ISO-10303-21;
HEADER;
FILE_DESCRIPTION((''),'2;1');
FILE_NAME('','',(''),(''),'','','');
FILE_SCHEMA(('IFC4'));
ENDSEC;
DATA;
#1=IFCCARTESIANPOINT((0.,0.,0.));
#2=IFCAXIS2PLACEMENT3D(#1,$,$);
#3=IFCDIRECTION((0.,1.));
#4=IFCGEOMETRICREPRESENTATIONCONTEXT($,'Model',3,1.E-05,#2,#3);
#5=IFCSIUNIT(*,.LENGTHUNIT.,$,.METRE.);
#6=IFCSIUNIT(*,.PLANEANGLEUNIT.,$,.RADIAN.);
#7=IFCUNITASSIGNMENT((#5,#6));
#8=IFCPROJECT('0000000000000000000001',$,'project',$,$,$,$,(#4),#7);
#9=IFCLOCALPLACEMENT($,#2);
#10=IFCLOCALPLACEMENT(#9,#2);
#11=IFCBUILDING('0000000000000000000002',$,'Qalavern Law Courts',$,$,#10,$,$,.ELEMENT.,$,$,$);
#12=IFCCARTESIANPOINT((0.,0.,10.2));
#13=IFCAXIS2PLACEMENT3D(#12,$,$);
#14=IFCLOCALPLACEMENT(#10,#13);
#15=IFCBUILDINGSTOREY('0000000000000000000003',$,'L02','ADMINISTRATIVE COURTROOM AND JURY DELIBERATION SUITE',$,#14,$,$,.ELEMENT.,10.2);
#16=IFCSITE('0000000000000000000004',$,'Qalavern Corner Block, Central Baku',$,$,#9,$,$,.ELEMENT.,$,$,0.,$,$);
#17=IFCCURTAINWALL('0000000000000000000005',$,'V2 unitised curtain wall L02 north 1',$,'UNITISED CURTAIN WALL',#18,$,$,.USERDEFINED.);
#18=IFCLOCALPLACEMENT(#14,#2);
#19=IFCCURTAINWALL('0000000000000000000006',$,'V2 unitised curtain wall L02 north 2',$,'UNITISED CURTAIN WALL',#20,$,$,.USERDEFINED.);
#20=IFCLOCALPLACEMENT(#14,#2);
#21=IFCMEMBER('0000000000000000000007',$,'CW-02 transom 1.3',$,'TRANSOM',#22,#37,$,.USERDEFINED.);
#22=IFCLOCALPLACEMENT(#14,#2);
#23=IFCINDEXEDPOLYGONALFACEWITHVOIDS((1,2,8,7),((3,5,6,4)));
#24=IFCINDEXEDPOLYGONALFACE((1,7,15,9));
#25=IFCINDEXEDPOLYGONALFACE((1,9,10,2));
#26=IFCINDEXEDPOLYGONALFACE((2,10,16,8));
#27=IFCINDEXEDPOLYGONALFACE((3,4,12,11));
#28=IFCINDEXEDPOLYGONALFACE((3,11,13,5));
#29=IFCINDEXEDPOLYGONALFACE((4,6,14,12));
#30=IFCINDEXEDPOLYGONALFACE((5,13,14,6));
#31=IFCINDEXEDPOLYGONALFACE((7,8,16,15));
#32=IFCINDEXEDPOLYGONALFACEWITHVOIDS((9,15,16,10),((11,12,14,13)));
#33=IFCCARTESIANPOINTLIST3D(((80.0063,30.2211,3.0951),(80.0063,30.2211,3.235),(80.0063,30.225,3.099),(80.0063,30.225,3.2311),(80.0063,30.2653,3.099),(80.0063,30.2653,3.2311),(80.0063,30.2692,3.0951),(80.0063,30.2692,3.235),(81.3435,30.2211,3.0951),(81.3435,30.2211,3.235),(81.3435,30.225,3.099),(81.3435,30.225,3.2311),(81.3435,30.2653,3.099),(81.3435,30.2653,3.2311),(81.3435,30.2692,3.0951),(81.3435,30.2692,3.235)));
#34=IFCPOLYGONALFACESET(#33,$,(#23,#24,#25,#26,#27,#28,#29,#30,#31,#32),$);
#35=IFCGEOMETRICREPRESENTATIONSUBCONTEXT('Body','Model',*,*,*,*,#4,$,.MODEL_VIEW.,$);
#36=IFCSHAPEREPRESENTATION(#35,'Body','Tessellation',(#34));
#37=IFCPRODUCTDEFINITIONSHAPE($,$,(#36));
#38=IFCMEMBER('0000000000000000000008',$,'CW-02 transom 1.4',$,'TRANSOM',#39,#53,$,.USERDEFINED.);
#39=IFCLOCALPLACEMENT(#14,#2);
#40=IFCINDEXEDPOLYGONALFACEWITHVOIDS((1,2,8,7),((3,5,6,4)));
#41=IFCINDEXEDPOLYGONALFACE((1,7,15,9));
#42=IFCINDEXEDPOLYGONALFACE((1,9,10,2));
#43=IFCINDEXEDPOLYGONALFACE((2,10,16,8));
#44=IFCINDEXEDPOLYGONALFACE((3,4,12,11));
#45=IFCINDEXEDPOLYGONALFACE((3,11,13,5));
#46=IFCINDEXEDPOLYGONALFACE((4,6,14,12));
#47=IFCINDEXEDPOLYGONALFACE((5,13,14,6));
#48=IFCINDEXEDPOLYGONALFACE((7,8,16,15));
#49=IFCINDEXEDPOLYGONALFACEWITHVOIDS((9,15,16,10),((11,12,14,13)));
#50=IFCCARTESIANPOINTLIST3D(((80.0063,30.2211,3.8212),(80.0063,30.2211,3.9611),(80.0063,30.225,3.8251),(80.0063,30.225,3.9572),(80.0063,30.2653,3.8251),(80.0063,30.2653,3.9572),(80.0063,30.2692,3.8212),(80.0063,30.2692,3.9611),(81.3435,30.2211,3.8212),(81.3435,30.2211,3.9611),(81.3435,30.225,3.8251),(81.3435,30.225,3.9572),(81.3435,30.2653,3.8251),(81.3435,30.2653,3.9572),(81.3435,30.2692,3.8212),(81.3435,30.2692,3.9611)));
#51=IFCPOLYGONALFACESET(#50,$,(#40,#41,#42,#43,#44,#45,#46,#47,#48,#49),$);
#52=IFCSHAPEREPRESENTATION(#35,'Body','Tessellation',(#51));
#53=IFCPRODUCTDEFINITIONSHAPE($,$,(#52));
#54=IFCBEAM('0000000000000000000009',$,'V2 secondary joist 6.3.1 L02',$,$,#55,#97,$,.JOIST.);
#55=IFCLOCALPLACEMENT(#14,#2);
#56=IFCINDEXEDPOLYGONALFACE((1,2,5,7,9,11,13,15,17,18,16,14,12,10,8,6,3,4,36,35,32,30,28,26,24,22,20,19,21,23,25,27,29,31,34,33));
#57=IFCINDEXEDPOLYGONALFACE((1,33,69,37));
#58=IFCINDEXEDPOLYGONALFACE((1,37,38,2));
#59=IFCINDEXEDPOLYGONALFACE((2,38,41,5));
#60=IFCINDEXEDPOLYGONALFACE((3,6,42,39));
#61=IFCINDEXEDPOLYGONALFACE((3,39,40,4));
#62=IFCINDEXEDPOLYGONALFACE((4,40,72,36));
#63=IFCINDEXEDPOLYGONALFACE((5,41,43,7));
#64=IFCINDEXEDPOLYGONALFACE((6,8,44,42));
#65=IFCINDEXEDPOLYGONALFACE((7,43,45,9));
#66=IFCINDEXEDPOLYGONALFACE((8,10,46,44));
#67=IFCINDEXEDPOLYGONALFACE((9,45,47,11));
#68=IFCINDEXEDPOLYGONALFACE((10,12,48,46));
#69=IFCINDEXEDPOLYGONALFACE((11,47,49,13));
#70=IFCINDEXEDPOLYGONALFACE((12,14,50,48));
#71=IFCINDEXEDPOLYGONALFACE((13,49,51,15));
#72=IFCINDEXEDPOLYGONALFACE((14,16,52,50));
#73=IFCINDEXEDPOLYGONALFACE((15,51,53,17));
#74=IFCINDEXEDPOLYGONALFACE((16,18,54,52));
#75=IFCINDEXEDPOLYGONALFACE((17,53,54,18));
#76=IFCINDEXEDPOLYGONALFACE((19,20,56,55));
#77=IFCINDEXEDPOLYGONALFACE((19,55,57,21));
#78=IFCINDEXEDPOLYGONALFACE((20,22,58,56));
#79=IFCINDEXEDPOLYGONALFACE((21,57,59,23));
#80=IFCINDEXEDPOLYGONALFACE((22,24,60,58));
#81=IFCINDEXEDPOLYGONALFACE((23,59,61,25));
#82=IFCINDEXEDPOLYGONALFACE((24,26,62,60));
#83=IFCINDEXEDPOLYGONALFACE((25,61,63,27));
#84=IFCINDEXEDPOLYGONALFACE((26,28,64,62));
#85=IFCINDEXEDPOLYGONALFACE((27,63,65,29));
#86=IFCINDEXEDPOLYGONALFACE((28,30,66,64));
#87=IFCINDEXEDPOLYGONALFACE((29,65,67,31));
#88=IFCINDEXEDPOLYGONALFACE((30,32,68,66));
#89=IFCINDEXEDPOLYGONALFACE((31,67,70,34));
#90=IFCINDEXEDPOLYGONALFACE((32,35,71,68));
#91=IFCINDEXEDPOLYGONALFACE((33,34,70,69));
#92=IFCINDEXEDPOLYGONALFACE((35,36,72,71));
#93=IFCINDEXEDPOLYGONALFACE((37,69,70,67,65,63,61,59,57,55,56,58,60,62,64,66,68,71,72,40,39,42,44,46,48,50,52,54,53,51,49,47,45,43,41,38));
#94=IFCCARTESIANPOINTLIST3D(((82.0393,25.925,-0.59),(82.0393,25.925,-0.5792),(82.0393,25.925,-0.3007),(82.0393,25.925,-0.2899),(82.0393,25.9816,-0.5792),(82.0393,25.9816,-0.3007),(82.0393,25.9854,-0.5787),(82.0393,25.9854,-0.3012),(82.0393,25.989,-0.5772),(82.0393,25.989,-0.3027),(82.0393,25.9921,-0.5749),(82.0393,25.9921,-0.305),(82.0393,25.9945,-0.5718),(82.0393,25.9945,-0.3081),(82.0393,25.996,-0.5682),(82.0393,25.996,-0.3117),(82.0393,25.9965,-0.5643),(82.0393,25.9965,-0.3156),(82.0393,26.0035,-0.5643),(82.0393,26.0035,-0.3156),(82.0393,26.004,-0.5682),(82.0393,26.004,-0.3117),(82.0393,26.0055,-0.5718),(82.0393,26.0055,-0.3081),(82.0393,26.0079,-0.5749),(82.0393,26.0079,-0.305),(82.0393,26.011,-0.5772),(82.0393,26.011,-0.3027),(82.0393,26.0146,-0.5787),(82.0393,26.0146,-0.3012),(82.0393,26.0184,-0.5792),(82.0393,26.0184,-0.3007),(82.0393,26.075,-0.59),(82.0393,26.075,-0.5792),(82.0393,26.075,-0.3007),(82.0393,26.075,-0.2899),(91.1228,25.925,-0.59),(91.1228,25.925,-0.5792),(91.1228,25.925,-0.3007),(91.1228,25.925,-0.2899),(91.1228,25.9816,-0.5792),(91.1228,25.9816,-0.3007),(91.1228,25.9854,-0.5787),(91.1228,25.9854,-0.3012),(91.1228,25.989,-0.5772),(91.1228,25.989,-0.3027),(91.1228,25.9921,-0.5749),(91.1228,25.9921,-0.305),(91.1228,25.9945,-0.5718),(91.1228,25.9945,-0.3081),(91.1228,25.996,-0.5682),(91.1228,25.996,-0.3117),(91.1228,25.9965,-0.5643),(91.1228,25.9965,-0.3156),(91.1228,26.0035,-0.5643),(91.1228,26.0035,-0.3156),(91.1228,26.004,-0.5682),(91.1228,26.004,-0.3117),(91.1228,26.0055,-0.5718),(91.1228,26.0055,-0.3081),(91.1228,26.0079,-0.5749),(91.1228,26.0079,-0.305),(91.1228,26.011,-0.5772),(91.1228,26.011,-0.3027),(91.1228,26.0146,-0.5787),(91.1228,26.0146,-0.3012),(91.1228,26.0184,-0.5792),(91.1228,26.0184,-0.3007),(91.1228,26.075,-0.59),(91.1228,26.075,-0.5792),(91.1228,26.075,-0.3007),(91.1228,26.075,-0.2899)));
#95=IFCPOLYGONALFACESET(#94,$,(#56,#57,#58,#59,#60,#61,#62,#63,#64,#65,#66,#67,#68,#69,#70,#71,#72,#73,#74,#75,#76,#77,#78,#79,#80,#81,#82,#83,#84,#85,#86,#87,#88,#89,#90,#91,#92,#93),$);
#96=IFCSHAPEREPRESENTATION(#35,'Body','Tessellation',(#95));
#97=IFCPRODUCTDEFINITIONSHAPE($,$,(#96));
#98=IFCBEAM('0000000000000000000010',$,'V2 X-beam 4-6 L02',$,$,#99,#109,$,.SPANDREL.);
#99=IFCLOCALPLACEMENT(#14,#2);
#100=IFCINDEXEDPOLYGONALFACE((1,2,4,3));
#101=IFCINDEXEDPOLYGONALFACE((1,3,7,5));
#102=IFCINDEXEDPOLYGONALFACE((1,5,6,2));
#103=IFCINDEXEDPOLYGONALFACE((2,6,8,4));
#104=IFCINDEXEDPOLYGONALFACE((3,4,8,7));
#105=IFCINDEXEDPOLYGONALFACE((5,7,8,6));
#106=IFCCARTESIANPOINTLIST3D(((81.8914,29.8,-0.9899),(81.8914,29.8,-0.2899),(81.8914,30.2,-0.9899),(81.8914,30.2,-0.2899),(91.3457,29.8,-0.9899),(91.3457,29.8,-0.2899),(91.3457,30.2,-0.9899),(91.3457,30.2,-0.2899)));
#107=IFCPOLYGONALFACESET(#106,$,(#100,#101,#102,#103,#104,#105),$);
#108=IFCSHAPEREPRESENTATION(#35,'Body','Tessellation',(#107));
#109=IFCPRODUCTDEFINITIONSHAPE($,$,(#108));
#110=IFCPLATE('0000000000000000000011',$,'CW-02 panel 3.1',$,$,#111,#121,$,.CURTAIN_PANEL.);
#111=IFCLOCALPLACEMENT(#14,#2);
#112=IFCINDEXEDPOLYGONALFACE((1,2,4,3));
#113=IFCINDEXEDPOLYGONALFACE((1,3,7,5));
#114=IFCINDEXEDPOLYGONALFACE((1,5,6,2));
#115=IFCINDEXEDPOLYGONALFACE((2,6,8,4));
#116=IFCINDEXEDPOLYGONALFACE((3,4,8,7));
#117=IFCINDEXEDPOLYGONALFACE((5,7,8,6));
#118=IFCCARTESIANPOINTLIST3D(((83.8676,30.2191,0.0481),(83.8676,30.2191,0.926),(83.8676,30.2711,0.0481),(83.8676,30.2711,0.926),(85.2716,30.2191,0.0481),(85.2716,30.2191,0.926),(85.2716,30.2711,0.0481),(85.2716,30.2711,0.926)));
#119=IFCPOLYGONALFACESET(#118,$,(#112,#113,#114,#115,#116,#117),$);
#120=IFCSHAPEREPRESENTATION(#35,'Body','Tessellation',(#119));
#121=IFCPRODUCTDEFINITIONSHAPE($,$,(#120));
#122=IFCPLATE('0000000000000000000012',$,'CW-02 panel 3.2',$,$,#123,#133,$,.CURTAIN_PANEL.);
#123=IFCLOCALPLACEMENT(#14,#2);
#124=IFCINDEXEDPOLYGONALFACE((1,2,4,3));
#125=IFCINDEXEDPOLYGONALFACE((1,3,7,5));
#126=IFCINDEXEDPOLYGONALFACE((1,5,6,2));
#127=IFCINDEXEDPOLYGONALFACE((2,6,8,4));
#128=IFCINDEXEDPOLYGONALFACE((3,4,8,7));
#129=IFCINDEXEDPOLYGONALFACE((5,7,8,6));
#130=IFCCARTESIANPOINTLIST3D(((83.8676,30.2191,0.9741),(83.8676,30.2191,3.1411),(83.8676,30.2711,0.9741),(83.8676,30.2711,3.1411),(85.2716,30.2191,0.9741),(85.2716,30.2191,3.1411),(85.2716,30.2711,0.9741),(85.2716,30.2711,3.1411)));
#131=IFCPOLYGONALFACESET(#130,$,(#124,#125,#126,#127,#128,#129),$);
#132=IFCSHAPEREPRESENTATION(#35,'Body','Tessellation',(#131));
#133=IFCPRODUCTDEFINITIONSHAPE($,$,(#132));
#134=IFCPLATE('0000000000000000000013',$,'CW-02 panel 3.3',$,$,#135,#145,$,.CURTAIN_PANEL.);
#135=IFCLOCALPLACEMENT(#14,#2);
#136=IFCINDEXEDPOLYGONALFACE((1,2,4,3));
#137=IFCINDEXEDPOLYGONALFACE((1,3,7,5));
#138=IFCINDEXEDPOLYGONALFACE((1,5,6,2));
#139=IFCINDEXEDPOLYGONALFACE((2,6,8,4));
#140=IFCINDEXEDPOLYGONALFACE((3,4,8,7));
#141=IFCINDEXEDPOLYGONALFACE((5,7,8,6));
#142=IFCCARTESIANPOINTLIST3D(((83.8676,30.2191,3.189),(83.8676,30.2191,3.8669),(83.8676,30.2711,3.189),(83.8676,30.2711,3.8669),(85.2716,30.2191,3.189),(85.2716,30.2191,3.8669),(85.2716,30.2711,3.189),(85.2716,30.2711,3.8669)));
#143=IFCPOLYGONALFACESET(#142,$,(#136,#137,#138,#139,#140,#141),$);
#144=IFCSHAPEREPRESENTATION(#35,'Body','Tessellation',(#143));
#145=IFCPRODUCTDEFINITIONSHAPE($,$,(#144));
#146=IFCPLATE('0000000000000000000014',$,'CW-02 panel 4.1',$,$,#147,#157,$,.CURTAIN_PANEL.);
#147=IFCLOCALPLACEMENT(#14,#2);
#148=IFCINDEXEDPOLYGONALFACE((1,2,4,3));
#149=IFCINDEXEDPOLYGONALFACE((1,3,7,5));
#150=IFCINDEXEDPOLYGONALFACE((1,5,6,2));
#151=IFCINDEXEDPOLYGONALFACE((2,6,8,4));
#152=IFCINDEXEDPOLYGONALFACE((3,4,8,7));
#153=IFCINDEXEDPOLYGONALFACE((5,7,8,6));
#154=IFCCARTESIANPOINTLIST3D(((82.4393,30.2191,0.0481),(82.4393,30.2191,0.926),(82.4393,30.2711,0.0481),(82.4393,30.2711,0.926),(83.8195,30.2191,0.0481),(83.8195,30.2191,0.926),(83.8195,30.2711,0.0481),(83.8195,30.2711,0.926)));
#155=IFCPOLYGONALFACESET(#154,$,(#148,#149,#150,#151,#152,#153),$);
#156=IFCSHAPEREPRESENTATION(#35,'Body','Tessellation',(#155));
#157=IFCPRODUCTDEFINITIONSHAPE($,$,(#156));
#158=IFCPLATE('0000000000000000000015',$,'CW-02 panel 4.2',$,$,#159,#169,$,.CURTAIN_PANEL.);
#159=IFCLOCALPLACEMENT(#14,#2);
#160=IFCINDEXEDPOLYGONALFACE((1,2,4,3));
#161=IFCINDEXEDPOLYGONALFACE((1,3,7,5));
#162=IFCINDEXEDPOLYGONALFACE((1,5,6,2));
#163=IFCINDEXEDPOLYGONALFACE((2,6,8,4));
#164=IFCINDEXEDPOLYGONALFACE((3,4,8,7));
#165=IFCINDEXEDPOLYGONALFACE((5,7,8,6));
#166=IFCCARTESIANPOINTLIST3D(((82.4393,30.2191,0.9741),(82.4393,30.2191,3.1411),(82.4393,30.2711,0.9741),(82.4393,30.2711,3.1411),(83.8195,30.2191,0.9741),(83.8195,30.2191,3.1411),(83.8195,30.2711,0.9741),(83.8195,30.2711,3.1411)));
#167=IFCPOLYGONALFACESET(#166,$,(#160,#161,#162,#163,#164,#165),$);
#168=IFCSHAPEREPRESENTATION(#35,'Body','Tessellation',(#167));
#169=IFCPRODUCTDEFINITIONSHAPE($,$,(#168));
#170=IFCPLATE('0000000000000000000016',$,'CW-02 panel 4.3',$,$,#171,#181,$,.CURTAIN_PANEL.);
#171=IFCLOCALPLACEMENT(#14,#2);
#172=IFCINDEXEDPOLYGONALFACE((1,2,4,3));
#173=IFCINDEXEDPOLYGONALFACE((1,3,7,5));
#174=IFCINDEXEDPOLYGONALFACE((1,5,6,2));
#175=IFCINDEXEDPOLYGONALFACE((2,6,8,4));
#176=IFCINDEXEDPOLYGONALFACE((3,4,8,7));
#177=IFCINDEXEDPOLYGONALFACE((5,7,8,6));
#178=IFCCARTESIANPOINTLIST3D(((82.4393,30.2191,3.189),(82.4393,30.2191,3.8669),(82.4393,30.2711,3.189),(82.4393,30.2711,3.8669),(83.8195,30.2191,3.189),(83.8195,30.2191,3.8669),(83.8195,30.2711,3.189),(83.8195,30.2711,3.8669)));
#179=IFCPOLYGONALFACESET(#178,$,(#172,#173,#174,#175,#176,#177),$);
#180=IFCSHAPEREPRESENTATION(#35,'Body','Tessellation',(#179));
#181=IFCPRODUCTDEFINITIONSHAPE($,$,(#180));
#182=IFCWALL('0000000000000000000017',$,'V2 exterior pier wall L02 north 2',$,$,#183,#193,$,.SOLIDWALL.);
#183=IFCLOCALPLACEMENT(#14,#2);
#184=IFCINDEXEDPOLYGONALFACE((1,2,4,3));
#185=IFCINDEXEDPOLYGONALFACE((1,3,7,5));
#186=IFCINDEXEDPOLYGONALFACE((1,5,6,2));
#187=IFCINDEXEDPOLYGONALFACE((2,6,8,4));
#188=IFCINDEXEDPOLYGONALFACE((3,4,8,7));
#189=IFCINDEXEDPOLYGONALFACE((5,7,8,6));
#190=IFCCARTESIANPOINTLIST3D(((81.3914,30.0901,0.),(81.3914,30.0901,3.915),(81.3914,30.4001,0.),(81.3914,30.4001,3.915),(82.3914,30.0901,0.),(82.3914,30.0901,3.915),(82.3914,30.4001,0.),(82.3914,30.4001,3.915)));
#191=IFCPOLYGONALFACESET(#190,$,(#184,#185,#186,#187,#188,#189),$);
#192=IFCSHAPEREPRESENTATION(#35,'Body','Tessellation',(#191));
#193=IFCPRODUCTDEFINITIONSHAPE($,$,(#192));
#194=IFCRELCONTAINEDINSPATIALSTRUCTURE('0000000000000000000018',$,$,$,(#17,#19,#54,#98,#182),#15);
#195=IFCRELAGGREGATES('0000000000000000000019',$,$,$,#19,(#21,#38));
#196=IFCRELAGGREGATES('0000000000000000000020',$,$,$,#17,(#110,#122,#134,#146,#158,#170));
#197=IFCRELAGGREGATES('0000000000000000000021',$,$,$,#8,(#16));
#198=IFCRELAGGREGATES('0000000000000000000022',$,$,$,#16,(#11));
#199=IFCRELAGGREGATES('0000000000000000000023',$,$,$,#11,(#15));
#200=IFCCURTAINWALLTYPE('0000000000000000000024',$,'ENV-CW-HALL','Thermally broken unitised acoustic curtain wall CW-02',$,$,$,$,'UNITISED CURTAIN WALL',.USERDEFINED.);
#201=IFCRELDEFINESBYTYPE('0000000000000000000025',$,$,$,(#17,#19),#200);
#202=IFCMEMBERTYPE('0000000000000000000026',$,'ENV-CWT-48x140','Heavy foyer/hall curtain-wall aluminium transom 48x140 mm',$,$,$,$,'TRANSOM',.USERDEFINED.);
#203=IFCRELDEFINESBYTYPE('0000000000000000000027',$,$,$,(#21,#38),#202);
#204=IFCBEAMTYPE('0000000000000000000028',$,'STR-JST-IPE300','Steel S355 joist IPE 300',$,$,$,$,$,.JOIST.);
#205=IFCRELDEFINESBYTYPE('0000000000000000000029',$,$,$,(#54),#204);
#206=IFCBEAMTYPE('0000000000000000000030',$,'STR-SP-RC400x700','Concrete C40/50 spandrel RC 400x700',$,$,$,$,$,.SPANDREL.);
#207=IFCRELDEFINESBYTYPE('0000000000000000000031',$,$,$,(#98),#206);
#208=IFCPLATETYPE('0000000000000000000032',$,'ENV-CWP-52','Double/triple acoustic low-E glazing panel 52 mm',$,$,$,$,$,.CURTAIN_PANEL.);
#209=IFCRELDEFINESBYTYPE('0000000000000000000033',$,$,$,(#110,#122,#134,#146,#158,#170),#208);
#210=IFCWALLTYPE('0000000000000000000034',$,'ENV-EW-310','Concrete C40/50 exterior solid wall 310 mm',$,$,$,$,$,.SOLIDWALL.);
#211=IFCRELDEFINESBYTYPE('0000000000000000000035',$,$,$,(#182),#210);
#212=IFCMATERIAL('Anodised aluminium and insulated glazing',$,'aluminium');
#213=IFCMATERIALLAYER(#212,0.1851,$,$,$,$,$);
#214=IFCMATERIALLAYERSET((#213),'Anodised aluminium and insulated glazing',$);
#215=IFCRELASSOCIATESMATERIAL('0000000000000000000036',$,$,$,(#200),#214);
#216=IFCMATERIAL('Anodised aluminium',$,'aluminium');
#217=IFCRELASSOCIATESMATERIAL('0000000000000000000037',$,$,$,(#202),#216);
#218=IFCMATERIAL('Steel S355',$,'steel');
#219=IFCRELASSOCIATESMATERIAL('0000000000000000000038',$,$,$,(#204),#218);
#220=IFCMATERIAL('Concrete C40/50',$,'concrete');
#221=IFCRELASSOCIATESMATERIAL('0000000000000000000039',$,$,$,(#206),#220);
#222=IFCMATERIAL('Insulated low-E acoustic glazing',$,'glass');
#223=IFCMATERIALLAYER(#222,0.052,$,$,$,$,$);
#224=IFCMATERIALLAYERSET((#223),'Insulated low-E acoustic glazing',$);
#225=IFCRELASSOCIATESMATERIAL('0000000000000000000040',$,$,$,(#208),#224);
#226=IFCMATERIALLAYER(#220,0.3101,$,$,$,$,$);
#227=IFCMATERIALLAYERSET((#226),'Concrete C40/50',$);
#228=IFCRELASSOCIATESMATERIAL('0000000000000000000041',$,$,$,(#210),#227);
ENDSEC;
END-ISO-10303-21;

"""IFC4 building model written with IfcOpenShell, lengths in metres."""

from ifc_helpers import new_model, si_unit, direction, frame, frame_2d, origin, origin_2d, place, context, subcontext, project, spatial, rectangle, hollow_rectangle, i_section, extrude, material, layer, layer_set, material_profile, profile_set, type_object, element, aggregate, save


model = new_model("IFC4")

# Units and contexts
model_context = context("Model", 3, precision=1e-05, world=origin(), true_north=direction((0.0, 1.0)))
body_context = subcontext(model_context, "Body", "Model", "MODEL_VIEW")
ifc_project = project(units=[si_unit("LENGTHUNIT", "METRE"), si_unit("PLANEANGLEUNIT", "RADIAN")], contexts=[model_context])

# Site, building, storey
site_placement = place(None, origin())
site = spatial("IfcSite", under=ifc_project, at=site_placement, Name="Qalavern Corner Block, Central Baku", CompositionType="ELEMENT", RefElevation=0.0)
building_placement = place(site_placement, origin())
building = spatial("IfcBuilding", under=site, at=building_placement, Name="Qalavern Law Courts", CompositionType="ELEMENT")
storey_placement = place(building_placement, frame((0.0, 0.0, 10.2)))
storey = spatial("IfcBuildingStorey", under=building, at=storey_placement, Name="L02", Description="ADMINISTRATIVE COURTROOM AND JURY DELIBERATION SUITE", CompositionType="ELEMENT", Elevation=10.2)

# Curtain wall
ifc_material_1 = material(Name="Anodised aluminium and insulated glazing", Category="aluminium")
ifc_layer_1 = layer(ifc_material_1, 0.1851)
ifc_layer_set_1 = layer_set([ifc_layer_1], Name="Anodised aluminium and insulated glazing")
curtain_wall_type = type_object("IfcCurtainWallType", Name="ENV-CW-HALL", Description="Thermally broken unitised acoustic curtain wall CW-02", ElementType="UNITISED CURTAIN WALL", PredefinedType="USERDEFINED", material=ifc_layer_set_1)
curtain_wall_1_placement = place(storey_placement, origin())
curtain_wall_1 = element("IfcCurtainWall", 1, at=curtain_wall_1_placement, inside=storey, type_object=curtain_wall_type, Name="V2 unitised curtain wall L02 north 1", ObjectType="UNITISED CURTAIN WALL", PredefinedType="USERDEFINED")
ifc_material_2 = material(Name="Anodised aluminium", Category="aluminium")

# Curtain wall
curtain_wall_2_placement = place(storey_placement, origin())
curtain_wall_2 = element("IfcCurtainWall", 2, at=curtain_wall_2_placement, inside=storey, type_object=curtain_wall_type, Name="V2 unitised curtain wall L02 north 2", ObjectType="UNITISED CURTAIN WALL", PredefinedType="USERDEFINED")

# Members
ifc_material_profile_1 = material_profile(ifc_material_2, hollow_rectangle(XDim=0.0481, YDim=0.1399, WallThickness=0.0039, at=origin_2d()), Name="ALU TRANSOM 48x140")
ifc_profile_set_1 = profile_set([ifc_material_profile_1], Name="Anodised aluminium")
member_type_1 = type_object("IfcMemberType", Name="ENV-CWT-48x140", Description="Heavy foyer/hall curtain-wall aluminium transom 48x140 mm", ElementType="TRANSOM", PredefinedType="USERDEFINED", material=ifc_profile_set_1)
member_1_placement = place(storey_placement, frame((81.3435, 30.2451, 3.165), z_axis=(-1.0, 0.0, 0.0), x_axis=(0.0, -1.0, 0.0)))
member_1 = element("IfcMember", 3, at=member_1_placement, type_object=member_type_1, Name="CW-02 transom 1.3", ObjectType="TRANSOM", PredefinedType="USERDEFINED", context=body_context, shape_type="SweptSolid", body=[
    extrude(hollow_rectangle(XDim=0.0481, YDim=0.1399, WallThickness=0.0039, at=origin_2d()), origin(), (0.0, 0.0, 1.0), 1.3372),
])
member_2_placement = place(storey_placement, frame((81.3435, 30.2451, 3.8911), z_axis=(-1.0, 0.0, 0.0), x_axis=(0.0, -1.0, 0.0)))
member_2 = element("IfcMember", 4, at=member_2_placement, type_object=member_type_1, Name="CW-02 transom 1.4", ObjectType="TRANSOM", PredefinedType="USERDEFINED", context=body_context, shape_type="SweptSolid", body=[
    extrude(hollow_rectangle(XDim=0.0481, YDim=0.1399, WallThickness=0.0039, at=origin_2d()), origin(), (0.0, 0.0, 1.0), 1.3372),
])
aggregate(curtain_wall_2, [member_1, member_2])

# Beams
ifc_material_3 = material(Name="Steel S355", Category="steel")
ifc_material_profile_2 = material_profile(ifc_material_3, i_section(OverallWidth=0.1499, OverallDepth=0.3, WebThickness=0.0071, FlangeThickness=0.0107, FilletRadius=0.0149, at=origin_2d()), Name="IPE 300")
ifc_profile_set_2 = profile_set([ifc_material_profile_2], Name="Steel S355")
beam_type_1 = type_object("IfcBeamType", Name="STR-JST-IPE300", Description="Steel S355 joist IPE 300", PredefinedType="JOIST", material=ifc_profile_set_2)
beam_1_placement = place(storey_placement, frame((82.0393, 26.0, -0.4399), z_axis=(1.0, 0.0, 0.0), x_axis=(0.0, 1.0, 0.0)))
element("IfcBeam", 5, at=beam_1_placement, inside=storey, type_object=beam_type_1, Name="V2 secondary joist 6.3.1 L02", PredefinedType="JOIST", context=body_context, shape_type="SweptSolid", body=[
    extrude(i_section(OverallWidth=0.1499, OverallDepth=0.3, WebThickness=0.0071, FlangeThickness=0.0107, FilletRadius=0.0149, at=origin_2d()), origin(), (0.0, 0.0, 1.0), 9.0835),
])
ifc_material_4 = material(Name="Concrete C40/50", Category="concrete")
ifc_material_profile_3 = material_profile(ifc_material_4, rectangle(XDim=0.3999, YDim=0.7, at=origin_2d()), Name="RC 400x700")
ifc_profile_set_3 = profile_set([ifc_material_profile_3], Name="Concrete C40/50")
beam_type_2 = type_object("IfcBeamType", Name="STR-SP-RC400x700", Description="Concrete C40/50 spandrel RC 400x700", PredefinedType="SPANDREL", material=ifc_profile_set_3)
beam_2_placement = place(storey_placement, frame((81.8914, 30.0, -0.6399), z_axis=(1.0, 0.0, 0.0), x_axis=(0.0, 1.0, 0.0)))
element("IfcBeam", 6, at=beam_2_placement, inside=storey, type_object=beam_type_2, Name="V2 X-beam 4-6 L02", PredefinedType="SPANDREL", context=body_context, shape_type="SweptSolid", body=[
    extrude(rectangle(XDim=0.3999, YDim=0.7, at=origin_2d()), origin(), (0.0, 0.0, 1.0), 9.4543),
])

# Plates
ifc_material_5 = material(Name="Insulated low-E acoustic glazing", Category="glass")
ifc_layer_2 = layer(ifc_material_5, 0.052)
ifc_layer_set_2 = layer_set([ifc_layer_2], Name="Insulated low-E acoustic glazing")
plate_type = type_object("IfcPlateType", Name="ENV-CWP-52", Description="Double/triple acoustic low-E glazing panel 52 mm", PredefinedType="CURTAIN_PANEL", material=ifc_layer_set_2)
plate_1_placement = place(storey_placement, frame((84.5696, 30.2451, 0.0481), z_axis=(0.0, 0.0, 1.0), x_axis=(-1.0, 0.0, 0.0)))
plate_1 = element("IfcPlate", 7, at=plate_1_placement, type_object=plate_type, Name="CW-02 panel 3.1", PredefinedType="CURTAIN_PANEL", context=body_context, shape_type="SweptSolid", body=[
    extrude(rectangle(XDim=1.4041, YDim=0.052, at=origin_2d()), origin(), (0.0, 0.0, 1.0), 0.8779),
])
plate_2_placement = place(storey_placement, frame((84.5696, 30.2451, 0.9741), z_axis=(0.0, 0.0, 1.0), x_axis=(-1.0, 0.0, 0.0)))
plate_2 = element("IfcPlate", 8, at=plate_2_placement, type_object=plate_type, Name="CW-02 panel 3.2", PredefinedType="CURTAIN_PANEL", context=body_context, shape_type="SweptSolid", body=[
    extrude(rectangle(XDim=1.4041, YDim=0.052, at=origin_2d()), origin(), (0.0, 0.0, 1.0), 2.167),
])
plate_3_placement = place(storey_placement, frame((84.5696, 30.2451, 3.189), z_axis=(0.0, 0.0, 1.0), x_axis=(-1.0, 0.0, 0.0)))
plate_3 = element("IfcPlate", 9, at=plate_3_placement, type_object=plate_type, Name="CW-02 panel 3.3", PredefinedType="CURTAIN_PANEL", context=body_context, shape_type="SweptSolid", body=[
    extrude(rectangle(XDim=1.4041, YDim=0.052, at=origin_2d()), origin(), (0.0, 0.0, 1.0), 0.678),
])
plate_4_placement = place(storey_placement, frame((83.1294, 30.2451, 0.0481), z_axis=(0.0, 0.0, 1.0), x_axis=(-1.0, 0.0, 0.0)))
plate_4 = element("IfcPlate", 10, at=plate_4_placement, type_object=plate_type, Name="CW-02 panel 4.1", PredefinedType="CURTAIN_PANEL", context=body_context, shape_type="SweptSolid", body=[
    extrude(rectangle(XDim=1.3801, YDim=0.052, at=origin_2d()), origin(), (0.0, 0.0, 1.0), 0.8779),
])
plate_5_placement = place(storey_placement, frame((83.1294, 30.2451, 0.9741), z_axis=(0.0, 0.0, 1.0), x_axis=(-1.0, 0.0, 0.0)))
plate_5 = element("IfcPlate", 11, at=plate_5_placement, type_object=plate_type, Name="CW-02 panel 4.2", PredefinedType="CURTAIN_PANEL", context=body_context, shape_type="SweptSolid", body=[
    extrude(rectangle(XDim=1.3801, YDim=0.052, at=origin_2d()), origin(), (0.0, 0.0, 1.0), 2.167),
])
plate_6_placement = place(storey_placement, frame((83.1294, 30.2451, 3.189), z_axis=(0.0, 0.0, 1.0), x_axis=(-1.0, 0.0, 0.0)))
plate_6 = element("IfcPlate", 12, at=plate_6_placement, type_object=plate_type, Name="CW-02 panel 4.3", PredefinedType="CURTAIN_PANEL", context=body_context, shape_type="SweptSolid", body=[
    extrude(rectangle(XDim=1.3801, YDim=0.052, at=origin_2d()), origin(), (0.0, 0.0, 1.0), 0.678),
])
aggregate(curtain_wall_1, [plate_1, plate_2, plate_3, plate_4, plate_5, plate_6])

# Wall
ifc_layer_3 = layer(ifc_material_4, 0.3101)
ifc_layer_set_3 = layer_set([ifc_layer_3], Name="Concrete C40/50")
wall_type = type_object("IfcWallType", Name="ENV-EW-310", Description="Concrete C40/50 exterior solid wall 310 mm", PredefinedType="SOLIDWALL", material=ifc_layer_set_3)
wall_placement = place(storey_placement, frame((82.3914, 30.2451, 0.0), z_axis=(0.0, 0.0, 1.0), x_axis=(-1.0, 0.0, 0.0)))
element("IfcWall", 13, at=wall_placement, inside=storey, type_object=wall_type, Name="V2 exterior pier wall L02 north 2", PredefinedType="SOLIDWALL", context=body_context, shape_type="SweptSolid", body=[
    extrude(rectangle(XDim=1.0, YDim=0.3101, at=frame_2d((0.5, 0.0))), origin(), (0.0, 0.0, 1.0), 3.915),
])

save(model, "model.ifc")
